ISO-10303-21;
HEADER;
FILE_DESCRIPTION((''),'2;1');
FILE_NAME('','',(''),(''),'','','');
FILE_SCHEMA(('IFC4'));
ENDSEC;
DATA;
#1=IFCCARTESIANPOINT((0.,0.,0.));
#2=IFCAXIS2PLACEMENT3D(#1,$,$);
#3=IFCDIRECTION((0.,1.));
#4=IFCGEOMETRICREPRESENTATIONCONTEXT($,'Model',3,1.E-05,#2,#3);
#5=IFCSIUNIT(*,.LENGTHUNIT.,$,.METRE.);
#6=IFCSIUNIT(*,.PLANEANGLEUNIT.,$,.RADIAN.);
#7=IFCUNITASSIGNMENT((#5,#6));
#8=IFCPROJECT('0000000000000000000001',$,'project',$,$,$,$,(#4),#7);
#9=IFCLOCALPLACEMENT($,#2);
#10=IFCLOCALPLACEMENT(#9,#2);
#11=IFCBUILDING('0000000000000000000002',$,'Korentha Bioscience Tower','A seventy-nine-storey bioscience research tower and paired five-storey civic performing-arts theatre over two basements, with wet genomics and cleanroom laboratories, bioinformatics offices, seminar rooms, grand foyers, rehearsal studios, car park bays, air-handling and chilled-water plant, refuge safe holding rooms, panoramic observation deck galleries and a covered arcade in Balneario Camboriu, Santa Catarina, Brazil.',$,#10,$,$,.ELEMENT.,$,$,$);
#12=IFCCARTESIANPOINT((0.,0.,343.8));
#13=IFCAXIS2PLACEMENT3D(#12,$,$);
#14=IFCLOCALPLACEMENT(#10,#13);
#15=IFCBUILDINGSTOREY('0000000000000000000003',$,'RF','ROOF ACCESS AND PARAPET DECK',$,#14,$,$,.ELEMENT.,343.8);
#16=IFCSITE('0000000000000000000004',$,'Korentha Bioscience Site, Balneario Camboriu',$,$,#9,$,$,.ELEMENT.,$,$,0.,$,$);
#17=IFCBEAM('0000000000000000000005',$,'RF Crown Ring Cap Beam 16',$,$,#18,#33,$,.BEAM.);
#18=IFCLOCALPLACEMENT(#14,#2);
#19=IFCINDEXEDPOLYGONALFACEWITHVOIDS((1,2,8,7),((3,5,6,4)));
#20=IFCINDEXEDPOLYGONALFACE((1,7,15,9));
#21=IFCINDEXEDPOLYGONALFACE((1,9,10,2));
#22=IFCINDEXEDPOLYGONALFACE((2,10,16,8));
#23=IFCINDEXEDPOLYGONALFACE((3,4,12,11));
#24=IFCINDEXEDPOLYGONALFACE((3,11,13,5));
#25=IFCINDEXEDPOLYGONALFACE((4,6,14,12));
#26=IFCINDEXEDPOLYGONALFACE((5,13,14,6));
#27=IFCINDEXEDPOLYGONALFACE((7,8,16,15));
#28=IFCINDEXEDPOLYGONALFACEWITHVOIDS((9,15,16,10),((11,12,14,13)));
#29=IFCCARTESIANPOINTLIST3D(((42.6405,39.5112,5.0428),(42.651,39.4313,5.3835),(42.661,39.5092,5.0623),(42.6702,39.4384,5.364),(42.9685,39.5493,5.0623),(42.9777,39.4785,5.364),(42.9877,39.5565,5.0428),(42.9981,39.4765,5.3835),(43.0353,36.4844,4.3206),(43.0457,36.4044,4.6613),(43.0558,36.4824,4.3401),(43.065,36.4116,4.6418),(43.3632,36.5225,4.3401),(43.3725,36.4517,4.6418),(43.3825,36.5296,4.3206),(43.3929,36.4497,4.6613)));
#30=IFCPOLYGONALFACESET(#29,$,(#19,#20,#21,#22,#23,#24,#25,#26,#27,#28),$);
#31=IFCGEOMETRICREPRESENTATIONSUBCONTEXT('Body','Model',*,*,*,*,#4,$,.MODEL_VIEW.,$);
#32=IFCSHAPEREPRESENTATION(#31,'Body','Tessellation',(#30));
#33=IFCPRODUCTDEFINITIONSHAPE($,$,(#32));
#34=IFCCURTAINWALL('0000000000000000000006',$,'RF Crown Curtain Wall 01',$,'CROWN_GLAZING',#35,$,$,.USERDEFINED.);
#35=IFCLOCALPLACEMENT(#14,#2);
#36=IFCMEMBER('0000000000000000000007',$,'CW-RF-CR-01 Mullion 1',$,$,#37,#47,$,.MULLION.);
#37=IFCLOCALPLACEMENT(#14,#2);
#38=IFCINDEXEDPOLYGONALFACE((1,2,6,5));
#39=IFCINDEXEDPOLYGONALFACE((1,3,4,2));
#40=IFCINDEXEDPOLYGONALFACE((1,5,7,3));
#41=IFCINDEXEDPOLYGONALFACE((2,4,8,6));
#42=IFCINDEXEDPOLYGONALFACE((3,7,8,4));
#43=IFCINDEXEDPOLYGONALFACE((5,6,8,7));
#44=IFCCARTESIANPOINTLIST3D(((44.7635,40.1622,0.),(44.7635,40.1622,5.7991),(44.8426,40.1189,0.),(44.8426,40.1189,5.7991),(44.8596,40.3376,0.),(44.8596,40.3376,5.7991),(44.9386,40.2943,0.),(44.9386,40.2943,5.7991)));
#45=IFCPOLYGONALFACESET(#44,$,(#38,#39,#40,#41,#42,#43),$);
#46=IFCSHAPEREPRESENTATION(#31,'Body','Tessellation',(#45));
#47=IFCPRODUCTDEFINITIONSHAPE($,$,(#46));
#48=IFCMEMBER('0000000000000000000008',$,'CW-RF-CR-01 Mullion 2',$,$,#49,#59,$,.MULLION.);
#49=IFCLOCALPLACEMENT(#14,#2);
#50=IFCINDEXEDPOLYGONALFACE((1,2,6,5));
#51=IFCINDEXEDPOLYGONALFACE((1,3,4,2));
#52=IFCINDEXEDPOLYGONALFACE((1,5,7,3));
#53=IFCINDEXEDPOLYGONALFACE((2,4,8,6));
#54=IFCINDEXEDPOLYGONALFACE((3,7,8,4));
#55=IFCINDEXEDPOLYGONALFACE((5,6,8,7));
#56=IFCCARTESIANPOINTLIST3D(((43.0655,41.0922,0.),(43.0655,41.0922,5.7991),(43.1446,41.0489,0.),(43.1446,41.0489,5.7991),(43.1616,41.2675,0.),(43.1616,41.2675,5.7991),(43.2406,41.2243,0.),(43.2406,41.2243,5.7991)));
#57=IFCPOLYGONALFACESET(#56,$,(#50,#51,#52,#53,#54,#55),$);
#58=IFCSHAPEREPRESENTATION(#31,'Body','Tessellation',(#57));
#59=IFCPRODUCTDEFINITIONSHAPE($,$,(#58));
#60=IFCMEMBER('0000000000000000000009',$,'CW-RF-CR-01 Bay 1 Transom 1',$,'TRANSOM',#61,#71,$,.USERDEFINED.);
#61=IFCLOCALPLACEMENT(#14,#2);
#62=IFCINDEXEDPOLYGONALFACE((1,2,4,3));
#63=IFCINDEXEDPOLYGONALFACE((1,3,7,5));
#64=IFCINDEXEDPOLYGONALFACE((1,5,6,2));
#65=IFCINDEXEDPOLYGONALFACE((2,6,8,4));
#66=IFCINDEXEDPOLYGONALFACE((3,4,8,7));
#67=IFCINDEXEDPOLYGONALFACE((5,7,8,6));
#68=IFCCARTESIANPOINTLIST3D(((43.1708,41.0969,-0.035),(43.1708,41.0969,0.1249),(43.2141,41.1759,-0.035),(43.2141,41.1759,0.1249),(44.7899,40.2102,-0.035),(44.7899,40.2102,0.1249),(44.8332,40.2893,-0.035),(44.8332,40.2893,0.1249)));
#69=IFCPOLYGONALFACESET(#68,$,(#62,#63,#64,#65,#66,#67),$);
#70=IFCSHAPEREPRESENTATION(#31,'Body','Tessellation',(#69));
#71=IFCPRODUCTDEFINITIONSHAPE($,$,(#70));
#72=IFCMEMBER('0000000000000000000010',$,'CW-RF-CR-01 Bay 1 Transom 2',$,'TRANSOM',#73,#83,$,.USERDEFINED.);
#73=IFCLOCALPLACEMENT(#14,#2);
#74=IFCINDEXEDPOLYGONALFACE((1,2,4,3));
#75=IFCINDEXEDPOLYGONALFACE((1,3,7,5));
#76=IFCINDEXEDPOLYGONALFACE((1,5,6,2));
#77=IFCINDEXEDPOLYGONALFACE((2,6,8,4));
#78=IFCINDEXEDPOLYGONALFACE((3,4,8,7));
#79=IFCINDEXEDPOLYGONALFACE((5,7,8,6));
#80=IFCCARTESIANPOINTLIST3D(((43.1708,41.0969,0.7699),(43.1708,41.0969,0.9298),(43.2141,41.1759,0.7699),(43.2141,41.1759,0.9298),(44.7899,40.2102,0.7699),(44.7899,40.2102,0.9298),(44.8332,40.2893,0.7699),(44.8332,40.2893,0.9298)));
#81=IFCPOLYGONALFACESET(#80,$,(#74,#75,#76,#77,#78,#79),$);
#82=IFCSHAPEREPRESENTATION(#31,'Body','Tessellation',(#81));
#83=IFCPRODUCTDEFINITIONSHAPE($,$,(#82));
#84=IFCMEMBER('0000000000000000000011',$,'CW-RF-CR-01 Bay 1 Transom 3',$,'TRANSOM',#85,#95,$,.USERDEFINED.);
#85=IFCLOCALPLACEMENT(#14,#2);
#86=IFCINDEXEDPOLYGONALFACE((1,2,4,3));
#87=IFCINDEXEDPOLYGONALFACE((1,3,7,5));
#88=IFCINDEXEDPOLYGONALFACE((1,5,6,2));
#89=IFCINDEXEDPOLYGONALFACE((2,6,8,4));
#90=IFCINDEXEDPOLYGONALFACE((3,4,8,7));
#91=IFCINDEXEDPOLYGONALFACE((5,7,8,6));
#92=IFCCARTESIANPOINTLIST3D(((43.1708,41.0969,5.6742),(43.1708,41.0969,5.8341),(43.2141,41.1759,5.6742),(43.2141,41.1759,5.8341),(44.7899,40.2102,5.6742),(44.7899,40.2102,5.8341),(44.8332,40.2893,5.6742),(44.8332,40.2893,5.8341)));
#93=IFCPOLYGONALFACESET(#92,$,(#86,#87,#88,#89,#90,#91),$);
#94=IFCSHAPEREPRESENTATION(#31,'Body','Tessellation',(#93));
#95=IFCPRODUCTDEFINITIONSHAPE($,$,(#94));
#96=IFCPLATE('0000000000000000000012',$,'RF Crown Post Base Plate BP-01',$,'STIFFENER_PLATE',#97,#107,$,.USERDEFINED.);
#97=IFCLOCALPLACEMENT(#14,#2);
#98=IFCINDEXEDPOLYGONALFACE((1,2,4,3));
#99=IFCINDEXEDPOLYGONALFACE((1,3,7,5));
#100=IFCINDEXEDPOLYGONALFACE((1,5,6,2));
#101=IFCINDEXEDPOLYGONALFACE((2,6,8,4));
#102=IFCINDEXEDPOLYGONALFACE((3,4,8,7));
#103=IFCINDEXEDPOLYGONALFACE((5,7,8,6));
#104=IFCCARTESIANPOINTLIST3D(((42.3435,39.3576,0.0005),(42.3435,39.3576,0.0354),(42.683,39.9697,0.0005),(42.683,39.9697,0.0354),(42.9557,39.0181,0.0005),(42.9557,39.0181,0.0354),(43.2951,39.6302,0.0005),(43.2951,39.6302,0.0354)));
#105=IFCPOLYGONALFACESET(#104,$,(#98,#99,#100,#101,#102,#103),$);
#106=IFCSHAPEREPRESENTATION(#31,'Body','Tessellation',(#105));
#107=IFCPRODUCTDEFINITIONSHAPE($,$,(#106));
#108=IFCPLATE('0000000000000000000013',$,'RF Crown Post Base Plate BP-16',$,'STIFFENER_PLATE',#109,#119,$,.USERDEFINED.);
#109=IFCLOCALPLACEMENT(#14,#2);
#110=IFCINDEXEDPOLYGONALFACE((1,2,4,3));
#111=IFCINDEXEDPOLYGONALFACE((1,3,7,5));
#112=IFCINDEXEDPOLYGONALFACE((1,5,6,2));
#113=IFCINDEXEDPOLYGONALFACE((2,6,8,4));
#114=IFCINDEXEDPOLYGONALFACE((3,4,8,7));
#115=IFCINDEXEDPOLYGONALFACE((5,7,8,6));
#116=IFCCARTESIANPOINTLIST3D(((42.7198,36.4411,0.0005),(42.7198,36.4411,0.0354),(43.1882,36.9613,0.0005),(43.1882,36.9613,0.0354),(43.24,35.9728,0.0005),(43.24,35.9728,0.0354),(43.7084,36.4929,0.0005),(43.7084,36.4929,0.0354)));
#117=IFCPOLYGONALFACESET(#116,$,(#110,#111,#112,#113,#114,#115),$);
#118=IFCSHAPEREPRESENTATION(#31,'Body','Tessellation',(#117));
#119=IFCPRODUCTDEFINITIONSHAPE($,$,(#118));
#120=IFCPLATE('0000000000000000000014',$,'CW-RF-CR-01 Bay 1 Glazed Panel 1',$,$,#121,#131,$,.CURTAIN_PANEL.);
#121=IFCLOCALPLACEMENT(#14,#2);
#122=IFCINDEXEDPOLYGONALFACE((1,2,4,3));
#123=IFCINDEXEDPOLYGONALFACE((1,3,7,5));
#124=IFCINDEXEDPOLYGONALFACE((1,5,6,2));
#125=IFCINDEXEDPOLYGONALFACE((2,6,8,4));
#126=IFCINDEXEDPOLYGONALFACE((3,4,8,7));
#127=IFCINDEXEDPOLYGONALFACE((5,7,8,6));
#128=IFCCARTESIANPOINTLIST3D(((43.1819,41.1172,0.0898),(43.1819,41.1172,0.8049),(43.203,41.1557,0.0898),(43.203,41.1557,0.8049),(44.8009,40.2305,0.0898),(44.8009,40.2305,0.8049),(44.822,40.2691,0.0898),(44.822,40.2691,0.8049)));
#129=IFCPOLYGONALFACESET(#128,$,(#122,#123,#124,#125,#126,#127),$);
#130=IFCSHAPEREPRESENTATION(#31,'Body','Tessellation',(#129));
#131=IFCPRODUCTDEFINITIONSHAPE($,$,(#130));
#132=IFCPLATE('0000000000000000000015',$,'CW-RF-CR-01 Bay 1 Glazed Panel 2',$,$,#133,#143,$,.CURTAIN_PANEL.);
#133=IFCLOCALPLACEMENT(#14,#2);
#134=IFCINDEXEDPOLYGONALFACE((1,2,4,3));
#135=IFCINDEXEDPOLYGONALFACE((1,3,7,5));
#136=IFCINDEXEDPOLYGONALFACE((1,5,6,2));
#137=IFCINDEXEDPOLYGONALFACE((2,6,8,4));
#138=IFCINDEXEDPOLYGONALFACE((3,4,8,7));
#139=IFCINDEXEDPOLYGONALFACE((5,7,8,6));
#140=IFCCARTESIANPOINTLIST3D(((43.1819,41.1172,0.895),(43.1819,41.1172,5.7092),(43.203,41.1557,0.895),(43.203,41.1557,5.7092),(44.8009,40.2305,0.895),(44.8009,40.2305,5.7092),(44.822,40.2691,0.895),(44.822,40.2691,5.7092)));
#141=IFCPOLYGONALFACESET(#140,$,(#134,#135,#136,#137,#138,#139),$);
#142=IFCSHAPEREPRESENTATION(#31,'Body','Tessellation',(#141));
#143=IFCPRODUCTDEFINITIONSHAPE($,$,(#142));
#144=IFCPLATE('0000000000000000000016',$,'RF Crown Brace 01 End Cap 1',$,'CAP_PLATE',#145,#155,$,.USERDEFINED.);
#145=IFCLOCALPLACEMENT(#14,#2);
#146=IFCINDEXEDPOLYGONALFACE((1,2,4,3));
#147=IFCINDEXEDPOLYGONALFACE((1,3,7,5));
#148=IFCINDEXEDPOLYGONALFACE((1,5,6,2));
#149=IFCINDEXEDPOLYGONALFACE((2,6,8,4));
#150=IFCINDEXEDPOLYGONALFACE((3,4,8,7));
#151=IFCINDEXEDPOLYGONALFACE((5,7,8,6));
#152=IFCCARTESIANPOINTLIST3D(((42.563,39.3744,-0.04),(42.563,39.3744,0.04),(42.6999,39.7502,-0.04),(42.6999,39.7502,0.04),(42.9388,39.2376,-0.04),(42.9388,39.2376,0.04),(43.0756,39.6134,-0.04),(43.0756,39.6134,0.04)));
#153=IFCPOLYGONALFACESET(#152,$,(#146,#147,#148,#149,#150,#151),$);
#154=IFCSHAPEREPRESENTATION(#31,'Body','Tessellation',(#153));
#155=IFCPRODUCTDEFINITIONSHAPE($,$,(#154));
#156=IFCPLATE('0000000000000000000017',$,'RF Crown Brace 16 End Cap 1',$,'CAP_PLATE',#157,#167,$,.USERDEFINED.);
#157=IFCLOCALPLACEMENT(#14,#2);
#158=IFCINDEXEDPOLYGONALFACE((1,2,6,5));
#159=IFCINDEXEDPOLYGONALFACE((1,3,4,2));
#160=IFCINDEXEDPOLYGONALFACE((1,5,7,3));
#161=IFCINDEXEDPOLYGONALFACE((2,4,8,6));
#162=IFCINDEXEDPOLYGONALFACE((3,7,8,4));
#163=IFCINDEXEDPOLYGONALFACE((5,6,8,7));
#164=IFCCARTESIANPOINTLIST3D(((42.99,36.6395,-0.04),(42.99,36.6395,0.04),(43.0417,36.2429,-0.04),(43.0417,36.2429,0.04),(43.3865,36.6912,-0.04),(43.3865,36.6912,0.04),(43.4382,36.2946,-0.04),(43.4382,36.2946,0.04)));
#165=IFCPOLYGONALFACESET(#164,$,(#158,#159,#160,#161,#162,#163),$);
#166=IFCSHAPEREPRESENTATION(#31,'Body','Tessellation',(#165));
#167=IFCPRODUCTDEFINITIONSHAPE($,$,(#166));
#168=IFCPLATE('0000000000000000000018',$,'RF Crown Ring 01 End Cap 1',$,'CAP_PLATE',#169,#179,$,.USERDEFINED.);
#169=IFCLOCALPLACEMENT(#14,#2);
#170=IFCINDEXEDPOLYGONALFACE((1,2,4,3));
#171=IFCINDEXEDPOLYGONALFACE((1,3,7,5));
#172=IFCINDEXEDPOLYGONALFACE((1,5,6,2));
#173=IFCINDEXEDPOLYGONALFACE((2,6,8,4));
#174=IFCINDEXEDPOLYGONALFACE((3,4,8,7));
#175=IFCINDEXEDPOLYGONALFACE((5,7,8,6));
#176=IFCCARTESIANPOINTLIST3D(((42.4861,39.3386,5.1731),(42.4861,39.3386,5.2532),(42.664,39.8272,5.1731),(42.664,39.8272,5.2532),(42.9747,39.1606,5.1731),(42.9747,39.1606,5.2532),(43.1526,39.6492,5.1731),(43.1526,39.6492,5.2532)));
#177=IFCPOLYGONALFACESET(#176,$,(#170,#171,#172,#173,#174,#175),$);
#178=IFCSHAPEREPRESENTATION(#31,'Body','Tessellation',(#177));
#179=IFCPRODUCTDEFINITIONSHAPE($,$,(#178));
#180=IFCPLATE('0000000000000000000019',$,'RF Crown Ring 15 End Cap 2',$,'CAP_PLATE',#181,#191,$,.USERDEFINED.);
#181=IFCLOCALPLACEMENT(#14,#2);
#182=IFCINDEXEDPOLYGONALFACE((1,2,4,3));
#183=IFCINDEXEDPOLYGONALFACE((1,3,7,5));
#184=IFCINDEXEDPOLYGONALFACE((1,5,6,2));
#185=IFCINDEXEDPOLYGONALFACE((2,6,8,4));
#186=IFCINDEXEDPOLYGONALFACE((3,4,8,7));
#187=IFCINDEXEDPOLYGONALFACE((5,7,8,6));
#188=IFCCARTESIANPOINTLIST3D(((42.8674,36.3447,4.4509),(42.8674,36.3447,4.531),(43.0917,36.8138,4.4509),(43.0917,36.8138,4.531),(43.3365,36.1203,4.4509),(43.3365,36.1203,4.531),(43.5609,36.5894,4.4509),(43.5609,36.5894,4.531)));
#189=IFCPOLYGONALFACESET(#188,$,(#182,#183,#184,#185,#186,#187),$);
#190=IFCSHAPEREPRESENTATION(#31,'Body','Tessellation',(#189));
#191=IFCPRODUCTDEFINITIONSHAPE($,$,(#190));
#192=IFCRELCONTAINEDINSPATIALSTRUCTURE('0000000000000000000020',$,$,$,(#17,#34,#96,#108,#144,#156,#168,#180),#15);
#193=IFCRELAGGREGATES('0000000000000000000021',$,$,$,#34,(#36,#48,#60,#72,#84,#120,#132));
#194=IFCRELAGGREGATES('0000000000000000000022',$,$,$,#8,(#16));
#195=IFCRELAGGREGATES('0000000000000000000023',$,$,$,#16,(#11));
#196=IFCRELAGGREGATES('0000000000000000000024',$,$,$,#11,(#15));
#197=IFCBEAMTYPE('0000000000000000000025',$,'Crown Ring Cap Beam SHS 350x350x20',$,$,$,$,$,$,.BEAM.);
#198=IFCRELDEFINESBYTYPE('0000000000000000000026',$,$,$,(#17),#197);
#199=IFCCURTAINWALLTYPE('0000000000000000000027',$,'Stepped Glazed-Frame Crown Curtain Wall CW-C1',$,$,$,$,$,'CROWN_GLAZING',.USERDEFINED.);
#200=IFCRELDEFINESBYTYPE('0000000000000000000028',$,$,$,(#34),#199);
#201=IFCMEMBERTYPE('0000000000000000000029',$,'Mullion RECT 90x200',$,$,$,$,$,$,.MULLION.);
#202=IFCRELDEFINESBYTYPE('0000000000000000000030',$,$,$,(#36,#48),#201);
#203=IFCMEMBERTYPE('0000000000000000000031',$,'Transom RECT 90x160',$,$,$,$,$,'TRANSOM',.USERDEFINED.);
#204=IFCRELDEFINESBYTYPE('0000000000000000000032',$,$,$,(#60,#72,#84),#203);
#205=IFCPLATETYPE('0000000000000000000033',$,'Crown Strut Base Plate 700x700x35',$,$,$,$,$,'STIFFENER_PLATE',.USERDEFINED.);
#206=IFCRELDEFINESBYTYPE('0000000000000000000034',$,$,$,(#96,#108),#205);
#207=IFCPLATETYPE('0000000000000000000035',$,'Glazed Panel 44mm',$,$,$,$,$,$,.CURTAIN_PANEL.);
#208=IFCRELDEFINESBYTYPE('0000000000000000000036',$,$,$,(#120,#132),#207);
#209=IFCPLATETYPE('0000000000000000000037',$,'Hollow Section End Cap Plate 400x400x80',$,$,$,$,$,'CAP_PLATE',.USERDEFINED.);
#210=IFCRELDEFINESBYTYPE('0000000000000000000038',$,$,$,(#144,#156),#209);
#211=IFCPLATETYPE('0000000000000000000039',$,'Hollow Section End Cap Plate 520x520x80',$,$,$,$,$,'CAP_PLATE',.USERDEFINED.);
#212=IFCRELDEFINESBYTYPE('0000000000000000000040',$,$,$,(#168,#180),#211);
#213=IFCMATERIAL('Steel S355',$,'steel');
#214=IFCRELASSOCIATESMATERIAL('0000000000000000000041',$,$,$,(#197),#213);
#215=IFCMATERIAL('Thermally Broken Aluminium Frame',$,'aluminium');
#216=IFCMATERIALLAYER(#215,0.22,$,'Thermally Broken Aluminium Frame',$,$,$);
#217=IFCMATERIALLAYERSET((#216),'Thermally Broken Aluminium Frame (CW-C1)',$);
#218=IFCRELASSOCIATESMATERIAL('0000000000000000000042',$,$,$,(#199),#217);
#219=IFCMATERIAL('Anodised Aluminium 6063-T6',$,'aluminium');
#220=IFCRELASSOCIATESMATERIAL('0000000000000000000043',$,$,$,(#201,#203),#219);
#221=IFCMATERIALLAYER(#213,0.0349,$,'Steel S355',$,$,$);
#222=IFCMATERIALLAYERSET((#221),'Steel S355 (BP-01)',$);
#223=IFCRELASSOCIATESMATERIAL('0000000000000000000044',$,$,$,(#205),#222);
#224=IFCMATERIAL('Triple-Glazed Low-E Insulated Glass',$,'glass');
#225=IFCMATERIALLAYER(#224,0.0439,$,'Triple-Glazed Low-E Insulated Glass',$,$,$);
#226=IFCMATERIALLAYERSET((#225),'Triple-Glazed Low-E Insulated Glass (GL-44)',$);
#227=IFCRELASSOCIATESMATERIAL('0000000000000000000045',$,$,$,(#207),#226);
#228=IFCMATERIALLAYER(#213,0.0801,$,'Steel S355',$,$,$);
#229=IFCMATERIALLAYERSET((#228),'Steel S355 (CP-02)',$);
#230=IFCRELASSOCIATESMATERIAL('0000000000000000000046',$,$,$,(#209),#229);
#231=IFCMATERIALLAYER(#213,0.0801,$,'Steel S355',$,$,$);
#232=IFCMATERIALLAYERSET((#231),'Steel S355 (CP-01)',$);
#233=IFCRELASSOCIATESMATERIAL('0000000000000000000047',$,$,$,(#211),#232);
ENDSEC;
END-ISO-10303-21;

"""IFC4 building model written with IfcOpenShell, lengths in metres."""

from ifc_helpers import new_model, si_unit, direction, frame, origin, origin_2d, place, context, subcontext, project, spatial, rectangle, hollow_rectangle, extrude, material, layer, layer_set, material_profile, profile_set, type_object, element, aggregate, save


model = new_model("IFC4")

# Units and contexts
model_context = context("Model", 3, precision=1e-05, world=origin(), true_north=direction((0.0, 1.0)))
body_context = subcontext(model_context, "Body", "Model", "MODEL_VIEW")
ifc_project = project(units=[si_unit("LENGTHUNIT", "METRE"), si_unit("PLANEANGLEUNIT", "RADIAN")], contexts=[model_context])

# Site, building, storey
site_placement = place(None, origin())
site = spatial("IfcSite", under=ifc_project, at=site_placement, Name="Korentha Bioscience Site, Balneario Camboriu", CompositionType="ELEMENT", RefElevation=0.0)
building_placement = place(site_placement, origin())
building = spatial("IfcBuilding", under=site, at=building_placement, Name="Korentha Bioscience Tower", Description="A seventy-nine-storey bioscience research tower and paired five-storey civic performing-arts theatre over two basements, with wet genomics and cleanroom laboratories, bioinformatics offices, seminar rooms, grand foyers, rehearsal studios, car park bays, air-handling and chilled-water plant, refuge safe holding rooms, panoramic observation deck galleries and a covered arcade in Balneario Camboriu, Santa Catarina, Brazil.", CompositionType="ELEMENT")
storey_placement = place(building_placement, frame((0.0, 0.0, 343.8)))
storey = spatial("IfcBuildingStorey", under=building, at=storey_placement, Name="RF", Description="ROOF ACCESS AND PARAPET DECK", CompositionType="ELEMENT", Elevation=343.8)

# Shared definitions
ifc_material_1 = material(Name="Steel S355", Category="steel")

# Beam
ifc_material_profile_1 = material_profile(ifc_material_1, hollow_rectangle(XDim=0.3501, YDim=0.3501, WallThickness=0.02, at=origin_2d()), Name="Steel S355")
ifc_profile_set_1 = profile_set([ifc_material_profile_1], Name="Steel S355 (CF-RB1)")
beam_type = type_object("IfcBeamType", Name="Crown Ring Cap Beam SHS 350x350x20", PredefinedType="BEAM", material=ifc_profile_set_1)
beam_1_placement = place(storey_placement, frame((43.2141, 36.467, 4.491), z_axis=(-0.125855, 0.964964, 0.230228), x_axis=(-0.991602, -0.129329, 0.0)))
element("IfcBeam", 1, at=beam_1_placement, inside=storey, type_object=beam_type, Name="RF Crown Ring Cap Beam 16", PredefinedType="BEAM", context=body_context, shape_type="SweptSolid", body=[
    extrude(hollow_rectangle(XDim=0.3501, YDim=0.3501, WallThickness=0.02, at=origin_2d()), origin(), (0.0, 0.0, 1.0), 3.1367),
])

# Curtain wall, members
ifc_material_2 = material(Name="Thermally Broken Aluminium Frame", Category="aluminium")
ifc_layer_1 = layer(ifc_material_2, 0.22, Name="Thermally Broken Aluminium Frame")
ifc_layer_set_1 = layer_set([ifc_layer_1], Name="Thermally Broken Aluminium Frame (CW-C1)")
curtain_wall_type = type_object("IfcCurtainWallType", Name="Stepped Glazed-Frame Crown Curtain Wall CW-C1", ElementType="CROWN_GLAZING", PredefinedType="USERDEFINED", material=ifc_layer_set_1)
curtain_wall_placement = place(storey_placement, origin())
curtain_wall = element("IfcCurtainWall", 2, at=curtain_wall_placement, inside=storey, type_object=curtain_wall_type, Name="RF Crown Curtain Wall 01", ObjectType="CROWN_GLAZING", PredefinedType="USERDEFINED")
ifc_material_3 = material(Name="Anodised Aluminium 6063-T6", Category="aluminium")
ifc_material_profile_2 = material_profile(ifc_material_3, rectangle(XDim=0.0901, YDim=0.2, at=origin_2d()), Name="Anodised Aluminium 6063-T6")
ifc_profile_set_2 = profile_set([ifc_material_profile_2], Name="Anodised Aluminium 6063-T6 (CW-MUL)")
member_type_1 = type_object("IfcMemberType", Name="Mullion RECT 90x200", PredefinedType="MULLION", material=ifc_profile_set_2)
member_1_placement = place(storey_placement, frame((44.8511, 40.2283, 0.0), z_axis=(0.0, 0.0, 1.0), x_axis=(-0.877089, 0.480328, 0.0)))
member_1 = element("IfcMember", 3, at=member_1_placement, type_object=member_type_1, Name="CW-RF-CR-01 Mullion 1", PredefinedType="MULLION", context=body_context, shape_type="SweptSolid", body=[
    extrude(rectangle(XDim=0.0901, YDim=0.2, at=origin_2d()), origin(), (0.0, 0.0, 1.0), 5.7991),
])
member_2_placement = place(storey_placement, frame((43.1531, 41.1582, 0.0), z_axis=(0.0, 0.0, 1.0), x_axis=(-0.877089, 0.480328, 0.0)))
member_2 = element("IfcMember", 4, at=member_2_placement, type_object=member_type_1, Name="CW-RF-CR-01 Mullion 2", PredefinedType="MULLION", context=body_context, shape_type="SweptSolid", body=[
    extrude(rectangle(XDim=0.0901, YDim=0.2, at=origin_2d()), origin(), (0.0, 0.0, 1.0), 5.7991),
])
ifc_material_profile_3 = material_profile(ifc_material_3, rectangle(XDim=0.0901, YDim=0.1599, at=origin_2d()), Name="Anodised Aluminium 6063-T6")
ifc_profile_set_3 = profile_set([ifc_material_profile_3], Name="Anodised Aluminium 6063-T6 (CW-TRN)")
member_type_2 = type_object("IfcMemberType", Name="Transom RECT 90x160", ElementType="TRANSOM", PredefinedType="USERDEFINED", material=ifc_profile_set_3)
member_3_placement = place(storey_placement, frame((44.8115, 40.2498, 0.0449), z_axis=(-0.877086, 0.480334, 0.0), x_axis=(-0.480334, -0.877086, 0.0)))
member_3 = element("IfcMember", 5, at=member_3_placement, type_object=member_type_2, Name="CW-RF-CR-01 Bay 1 Transom 1", ObjectType="TRANSOM", PredefinedType="USERDEFINED", context=body_context, shape_type="SweptSolid", body=[
    extrude(rectangle(XDim=0.0901, YDim=0.1599, at=origin_2d()), origin(), (0.0, 0.0, 1.0), 1.8459),
])
member_4_placement = place(storey_placement, frame((44.8115, 40.2498, 0.8499), z_axis=(-0.877086, 0.480334, 0.0), x_axis=(-0.480334, -0.877086, 0.0)))
member_4 = element("IfcMember", 6, at=member_4_placement, type_object=member_type_2, Name="CW-RF-CR-01 Bay 1 Transom 2", ObjectType="TRANSOM", PredefinedType="USERDEFINED", context=body_context, shape_type="SweptSolid", body=[
    extrude(rectangle(XDim=0.0901, YDim=0.1599, at=origin_2d()), origin(), (0.0, 0.0, 1.0), 1.8459),
])
member_5_placement = place(storey_placement, frame((44.8115, 40.2498, 5.7542), z_axis=(-0.877086, 0.480334, 0.0), x_axis=(-0.480334, -0.877086, 0.0)))
member_5 = element("IfcMember", 7, at=member_5_placement, type_object=member_type_2, Name="CW-RF-CR-01 Bay 1 Transom 3", ObjectType="TRANSOM", PredefinedType="USERDEFINED", context=body_context, shape_type="SweptSolid", body=[
    extrude(rectangle(XDim=0.0901, YDim=0.1599, at=origin_2d()), origin(), (0.0, 0.0, 1.0), 1.8459),
])

# Plates
ifc_layer_2 = layer(ifc_material_1, 0.0349, Name="Steel S355")
ifc_layer_set_2 = layer_set([ifc_layer_2], Name="Steel S355 (BP-01)")
plate_type_1 = type_object("IfcPlateType", Name="Crown Strut Base Plate 700x700x35", ElementType="STIFFENER_PLATE", PredefinedType="USERDEFINED", material=ifc_layer_set_2)
for number, where, z_axis, x_axis, name in (
    (8, (42.8193, 39.4939, 0.0005), (0.0, 0.0, 1.0), (-0.874535, 0.484962, 0.0), "RF Crown Post Base Plate BP-01"),
    (9, (43.2141, 36.467, 0.0005), (0.0, 0.0, 1.0), (0.669131, 0.743145, 0.0), "RF Crown Post Base Plate BP-16"),
):
    element("IfcPlate", number, at=place(storey_placement, frame(where, z_axis=z_axis, x_axis=x_axis)), inside=storey, type_object=plate_type_1, Name=name, ObjectType="STIFFENER_PLATE", PredefinedType="USERDEFINED", context=body_context, shape_type="SweptSolid", body=[
        extrude(rectangle(XDim=0.7, YDim=0.7, at=origin_2d()), origin(), (0.0, 0.0, 1.0), 0.0349),
    ])

# Plates
ifc_material_4 = material(Name="Triple-Glazed Low-E Insulated Glass", Category="glass")
ifc_layer_3 = layer(ifc_material_4, 0.0439, Name="Triple-Glazed Low-E Insulated Glass")
ifc_layer_set_3 = layer_set([ifc_layer_3], Name="Triple-Glazed Low-E Insulated Glass (GL-44)")
plate_type_2 = type_object("IfcPlateType", Name="Glazed Panel 44mm", PredefinedType="CURTAIN_PANEL", material=ifc_layer_set_3)
plate_1_placement = place(storey_placement, frame((44.002, 40.6931, 0.0898), z_axis=(0.0, 0.0, 1.0), x_axis=(-0.877089, 0.480328, 0.0)))
plate_1 = element("IfcPlate", 10, at=plate_1_placement, type_object=plate_type_2, Name="CW-RF-CR-01 Bay 1 Glazed Panel 1", PredefinedType="CURTAIN_PANEL", context=body_context, shape_type="SweptSolid", body=[
    extrude(rectangle(XDim=1.8459, YDim=0.0439, at=origin_2d()), origin(), (0.0, 0.0, 1.0), 0.7151),
])
plate_2_placement = place(storey_placement, frame((44.002, 40.6931, 0.895), z_axis=(0.0, 0.0, 1.0), x_axis=(-0.877089, 0.480328, 0.0)))
plate_2 = element("IfcPlate", 11, at=plate_2_placement, type_object=plate_type_2, Name="CW-RF-CR-01 Bay 1 Glazed Panel 2", PredefinedType="CURTAIN_PANEL", context=body_context, shape_type="SweptSolid", body=[
    extrude(rectangle(XDim=1.8459, YDim=0.0439, at=origin_2d()), origin(), (0.0, 0.0, 1.0), 4.8142),
])
aggregate(curtain_wall, [member_1, member_2, member_3, member_4, member_5, plate_1, plate_2])

# Plates
ifc_layer_4 = layer(ifc_material_1, 0.0801, Name="Steel S355")
ifc_layer_set_4 = layer_set([ifc_layer_4], Name="Steel S355 (CP-02)")
plate_type_3 = type_object("IfcPlateType", Name="Hollow Section End Cap Plate 400x400x80", ElementType="CAP_PLATE", PredefinedType="USERDEFINED", material=ifc_layer_set_4)
for number, where, z_axis, x_axis, name in (
    (12, (42.8193, 39.4939, -0.04), (0.0, 0.0, 1.0), (-0.939633, 0.342184, 0.0), "RF Crown Brace 01 End Cap 1"),
    (13, (43.2141, 36.467, -0.04), (0.0, 0.0, 1.0), (-0.129315, 0.991604, 0.0), "RF Crown Brace 16 End Cap 1"),
):
    element("IfcPlate", number, at=place(storey_placement, frame(where, z_axis=z_axis, x_axis=x_axis)), inside=storey, type_object=plate_type_3, Name=name, ObjectType="CAP_PLATE", PredefinedType="USERDEFINED", context=body_context, shape_type="SweptSolid", body=[
        extrude(rectangle(XDim=0.3999, YDim=0.3999, at=origin_2d()), origin(), (0.0, 0.0, 1.0), 0.0801),
    ])
ifc_layer_5 = layer(ifc_material_1, 0.0801, Name="Steel S355")
ifc_layer_set_5 = layer_set([ifc_layer_5], Name="Steel S355 (CP-01)")
plate_type_4 = type_object("IfcPlateType", Name="Hollow Section End Cap Plate 520x520x80", ElementType="CAP_PLATE", PredefinedType="USERDEFINED", material=ifc_layer_set_5)
for number, where, z_axis, x_axis, name in (
    (14, (42.8193, 39.4939, 5.1731), (0.0, 0.0, 1.0), (-0.939633, 0.342184, 0.0), "RF Crown Ring 01 End Cap 1"),
    (15, (43.2141, 36.467, 4.4509), (0.0, 0.0, 1.0), (0.431456, 0.902134, 0.0), "RF Crown Ring 15 End Cap 2"),
):
    element("IfcPlate", number, at=place(storey_placement, frame(where, z_axis=z_axis, x_axis=x_axis)), inside=storey, type_object=plate_type_4, Name=name, ObjectType="CAP_PLATE", PredefinedType="USERDEFINED", context=body_context, shape_type="SweptSolid", body=[
        extrude(rectangle(XDim=0.52, YDim=0.52, at=origin_2d()), origin(), (0.0, 0.0, 1.0), 0.0801),
    ])

save(model, "model.ifc")
